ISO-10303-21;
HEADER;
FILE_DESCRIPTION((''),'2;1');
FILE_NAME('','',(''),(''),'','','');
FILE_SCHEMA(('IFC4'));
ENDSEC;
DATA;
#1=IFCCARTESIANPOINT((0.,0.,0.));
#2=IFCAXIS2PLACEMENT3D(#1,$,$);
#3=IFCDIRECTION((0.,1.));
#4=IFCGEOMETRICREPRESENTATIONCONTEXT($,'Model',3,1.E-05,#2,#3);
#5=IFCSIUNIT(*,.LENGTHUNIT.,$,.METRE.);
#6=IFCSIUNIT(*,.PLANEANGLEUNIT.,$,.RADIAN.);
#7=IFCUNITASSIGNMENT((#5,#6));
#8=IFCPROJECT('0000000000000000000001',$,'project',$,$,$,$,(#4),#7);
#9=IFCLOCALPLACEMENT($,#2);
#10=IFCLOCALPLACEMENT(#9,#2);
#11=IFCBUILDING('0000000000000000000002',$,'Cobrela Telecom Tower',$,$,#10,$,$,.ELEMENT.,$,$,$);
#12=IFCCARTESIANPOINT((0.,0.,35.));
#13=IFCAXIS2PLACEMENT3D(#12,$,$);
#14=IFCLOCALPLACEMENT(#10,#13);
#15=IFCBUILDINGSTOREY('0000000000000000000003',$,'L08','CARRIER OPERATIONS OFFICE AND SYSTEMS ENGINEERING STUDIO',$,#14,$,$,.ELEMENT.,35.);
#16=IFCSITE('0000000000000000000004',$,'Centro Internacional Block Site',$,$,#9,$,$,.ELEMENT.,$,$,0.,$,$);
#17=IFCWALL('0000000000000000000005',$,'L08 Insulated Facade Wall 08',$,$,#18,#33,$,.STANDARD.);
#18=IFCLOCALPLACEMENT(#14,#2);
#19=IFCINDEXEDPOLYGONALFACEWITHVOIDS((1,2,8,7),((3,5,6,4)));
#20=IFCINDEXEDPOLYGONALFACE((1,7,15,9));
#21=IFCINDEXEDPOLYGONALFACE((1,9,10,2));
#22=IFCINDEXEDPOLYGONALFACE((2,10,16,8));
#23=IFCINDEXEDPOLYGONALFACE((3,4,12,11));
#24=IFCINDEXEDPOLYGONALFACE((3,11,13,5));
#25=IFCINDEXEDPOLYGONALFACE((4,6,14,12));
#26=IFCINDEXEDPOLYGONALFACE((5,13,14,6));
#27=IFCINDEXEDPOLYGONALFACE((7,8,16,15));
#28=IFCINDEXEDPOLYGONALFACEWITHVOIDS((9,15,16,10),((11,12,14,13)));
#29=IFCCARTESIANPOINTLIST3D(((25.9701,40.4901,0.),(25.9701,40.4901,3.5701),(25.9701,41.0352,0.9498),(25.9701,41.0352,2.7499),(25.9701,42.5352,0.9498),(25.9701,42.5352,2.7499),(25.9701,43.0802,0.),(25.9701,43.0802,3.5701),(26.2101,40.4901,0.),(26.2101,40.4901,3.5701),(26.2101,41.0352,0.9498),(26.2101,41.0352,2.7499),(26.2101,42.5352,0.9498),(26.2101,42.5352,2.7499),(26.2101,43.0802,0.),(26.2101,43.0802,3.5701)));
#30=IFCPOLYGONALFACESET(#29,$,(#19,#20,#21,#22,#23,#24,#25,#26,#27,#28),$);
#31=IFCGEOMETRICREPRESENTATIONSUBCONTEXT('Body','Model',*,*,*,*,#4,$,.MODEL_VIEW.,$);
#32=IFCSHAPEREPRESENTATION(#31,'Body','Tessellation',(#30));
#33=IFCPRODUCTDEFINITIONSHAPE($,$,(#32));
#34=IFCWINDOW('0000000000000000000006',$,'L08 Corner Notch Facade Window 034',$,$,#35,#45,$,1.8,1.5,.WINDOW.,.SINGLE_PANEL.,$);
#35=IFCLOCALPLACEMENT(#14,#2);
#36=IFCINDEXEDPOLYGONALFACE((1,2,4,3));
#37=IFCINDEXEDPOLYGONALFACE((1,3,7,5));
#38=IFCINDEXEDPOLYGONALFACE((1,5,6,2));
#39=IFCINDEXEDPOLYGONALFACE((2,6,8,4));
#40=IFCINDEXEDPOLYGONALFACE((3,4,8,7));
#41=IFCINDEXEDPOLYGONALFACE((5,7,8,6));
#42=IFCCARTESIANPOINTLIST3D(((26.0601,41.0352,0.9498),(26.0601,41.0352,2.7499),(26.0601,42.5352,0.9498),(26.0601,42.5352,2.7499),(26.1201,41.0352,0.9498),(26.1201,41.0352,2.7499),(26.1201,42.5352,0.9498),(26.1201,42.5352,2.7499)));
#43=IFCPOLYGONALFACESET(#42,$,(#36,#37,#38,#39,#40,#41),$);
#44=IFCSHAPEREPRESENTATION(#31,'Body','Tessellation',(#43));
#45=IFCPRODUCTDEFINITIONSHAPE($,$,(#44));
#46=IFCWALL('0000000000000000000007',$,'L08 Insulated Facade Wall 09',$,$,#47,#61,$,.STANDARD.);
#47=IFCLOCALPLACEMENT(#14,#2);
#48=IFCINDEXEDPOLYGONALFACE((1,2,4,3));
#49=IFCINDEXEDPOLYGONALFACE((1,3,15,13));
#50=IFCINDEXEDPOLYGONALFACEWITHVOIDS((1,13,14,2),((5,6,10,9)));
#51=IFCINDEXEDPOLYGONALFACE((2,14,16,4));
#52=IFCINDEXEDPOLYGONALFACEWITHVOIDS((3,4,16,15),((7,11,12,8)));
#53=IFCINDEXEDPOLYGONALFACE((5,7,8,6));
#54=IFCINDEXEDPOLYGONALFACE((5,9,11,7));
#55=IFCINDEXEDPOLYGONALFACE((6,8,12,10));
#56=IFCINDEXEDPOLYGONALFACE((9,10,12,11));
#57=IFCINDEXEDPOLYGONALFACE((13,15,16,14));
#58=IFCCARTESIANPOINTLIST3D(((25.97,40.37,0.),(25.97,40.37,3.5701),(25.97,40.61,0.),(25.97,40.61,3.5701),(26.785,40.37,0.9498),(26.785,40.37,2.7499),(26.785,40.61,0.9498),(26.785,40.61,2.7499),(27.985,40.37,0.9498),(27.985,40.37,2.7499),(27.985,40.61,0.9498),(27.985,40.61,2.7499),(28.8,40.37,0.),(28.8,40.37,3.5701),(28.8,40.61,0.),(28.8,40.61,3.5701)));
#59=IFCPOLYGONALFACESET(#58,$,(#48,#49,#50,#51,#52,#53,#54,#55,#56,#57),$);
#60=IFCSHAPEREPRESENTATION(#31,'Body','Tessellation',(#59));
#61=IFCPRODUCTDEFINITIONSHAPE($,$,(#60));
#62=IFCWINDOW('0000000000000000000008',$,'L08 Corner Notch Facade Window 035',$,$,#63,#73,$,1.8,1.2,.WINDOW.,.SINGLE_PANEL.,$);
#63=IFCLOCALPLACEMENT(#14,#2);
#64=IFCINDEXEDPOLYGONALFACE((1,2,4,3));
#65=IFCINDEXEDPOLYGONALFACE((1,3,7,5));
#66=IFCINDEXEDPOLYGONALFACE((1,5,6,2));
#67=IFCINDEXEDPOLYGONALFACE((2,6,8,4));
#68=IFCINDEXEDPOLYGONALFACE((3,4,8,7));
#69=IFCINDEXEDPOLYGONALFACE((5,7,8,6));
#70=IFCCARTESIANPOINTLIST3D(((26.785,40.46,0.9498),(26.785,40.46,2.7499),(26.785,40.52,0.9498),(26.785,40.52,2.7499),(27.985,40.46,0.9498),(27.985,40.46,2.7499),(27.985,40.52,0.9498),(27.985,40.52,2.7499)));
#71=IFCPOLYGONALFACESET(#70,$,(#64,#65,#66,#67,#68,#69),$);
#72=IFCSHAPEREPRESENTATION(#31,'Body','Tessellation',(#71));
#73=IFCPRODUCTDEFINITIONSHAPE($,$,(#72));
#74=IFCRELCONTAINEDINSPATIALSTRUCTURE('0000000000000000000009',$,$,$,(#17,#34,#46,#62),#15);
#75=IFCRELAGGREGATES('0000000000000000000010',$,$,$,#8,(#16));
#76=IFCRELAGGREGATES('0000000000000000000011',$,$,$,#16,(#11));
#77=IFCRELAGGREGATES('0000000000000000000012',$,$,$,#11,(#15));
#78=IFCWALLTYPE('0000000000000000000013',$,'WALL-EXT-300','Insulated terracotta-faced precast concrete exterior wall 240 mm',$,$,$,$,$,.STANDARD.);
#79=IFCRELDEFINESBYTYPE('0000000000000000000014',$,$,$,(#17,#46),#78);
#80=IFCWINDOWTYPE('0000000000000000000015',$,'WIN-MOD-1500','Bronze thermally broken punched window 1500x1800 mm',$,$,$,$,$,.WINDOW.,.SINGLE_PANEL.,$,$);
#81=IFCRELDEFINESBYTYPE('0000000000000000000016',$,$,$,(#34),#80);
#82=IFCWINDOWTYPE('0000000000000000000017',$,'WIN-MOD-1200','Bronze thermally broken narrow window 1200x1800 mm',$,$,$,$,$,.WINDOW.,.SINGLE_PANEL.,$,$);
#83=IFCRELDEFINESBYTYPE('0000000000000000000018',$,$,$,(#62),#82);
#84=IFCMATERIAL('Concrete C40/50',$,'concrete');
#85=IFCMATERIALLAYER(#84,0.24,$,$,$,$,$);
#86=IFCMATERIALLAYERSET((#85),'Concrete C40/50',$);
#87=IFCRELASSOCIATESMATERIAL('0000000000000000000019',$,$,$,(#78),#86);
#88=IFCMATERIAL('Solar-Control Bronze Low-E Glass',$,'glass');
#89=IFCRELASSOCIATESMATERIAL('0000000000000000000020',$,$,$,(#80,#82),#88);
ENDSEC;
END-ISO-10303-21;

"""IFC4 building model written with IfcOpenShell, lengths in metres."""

from ifc_helpers import new_model, si_unit, direction, frame, frame_2d, origin, place, context, subcontext, project, spatial, rectangle, extrude, material, layer, layer_set, type_object, element, fill, save


model = new_model("IFC4")

# Units and contexts
model_context = context("Model", 3, precision=1e-05, world=origin(), true_north=direction((0.0, 1.0)))
body_context = subcontext(model_context, "Body", "Model", "MODEL_VIEW")
ifc_project = project(units=[si_unit("LENGTHUNIT", "METRE"), si_unit("PLANEANGLEUNIT", "RADIAN")], contexts=[model_context])

# Site, building, storey
site_placement = place(None, origin())
site = spatial("IfcSite", under=ifc_project, at=site_placement, Name="Centro Internacional Block Site", CompositionType="ELEMENT", RefElevation=0.0)
building_placement = place(site_placement, origin())
building = spatial("IfcBuilding", under=site, at=building_placement, Name="Cobrela Telecom Tower", CompositionType="ELEMENT")
storey_placement = place(building_placement, frame((0.0, 0.0, 35.0)))
storey = spatial("IfcBuildingStorey", under=building, at=storey_placement, Name="L08", Description="CARRIER OPERATIONS OFFICE AND SYSTEMS ENGINEERING STUDIO", CompositionType="ELEMENT", Elevation=35.0)

# Shared definitions
ifc_material_1 = material(Name="Solar-Control Bronze Low-E Glass", Category="glass")

# Walls, openings, windows
ifc_material_2 = material(Name="Concrete C40/50", Category="concrete")
ifc_layer_1 = layer(ifc_material_2, 0.24)
ifc_layer_set_1 = layer_set([ifc_layer_1], Name="Concrete C40/50")
wall_type = type_object("IfcWallType", Name="WALL-EXT-300", Description="Insulated terracotta-faced precast concrete exterior wall 240 mm", PredefinedType="STANDARD", material=ifc_layer_set_1)
wall_1_placement = place(storey_placement, frame((26.0901, 43.0801, 0.0), z_axis=(0.0, 0.0, 1.0), x_axis=(0.0, -1.0, 0.0)))
wall_1 = element("IfcWall", 1, at=wall_1_placement, inside=storey, type_object=wall_type, Name="L08 Insulated Facade Wall 08", PredefinedType="STANDARD", context=body_context, shape_type="SweptSolid", body=[
    extrude(rectangle(XDim=2.5901, YDim=0.24, at=frame_2d((1.2949, 0.0))), origin(), (0.0, 0.0, 1.0), 3.5701),
])
opening_1_placement = place(wall_1_placement, frame((0.5449, 0.0, 0.95)))
opening_1 = element("IfcOpeningElement", 2, at=opening_1_placement, cuts=wall_1, PredefinedType="OPENING", context=body_context, shape_type="SweptSolid", body=[
    extrude(rectangle(XDim=1.5, YDim=1.8, at=frame_2d((0.75, 0.8999))), frame((0.0, 0.1318, 0.0), z_axis=(0.0, -1.0, 0.0), x_axis=(1.0, 0.0, 0.0)), (0.0, 0.0, 1.0), 0.2639),
])
window_type_1 = type_object("IfcWindowType", Name="WIN-MOD-1500", Description="Bronze thermally broken punched window 1500x1800 mm", PartitioningType="SINGLE_PANEL", PredefinedType="WINDOW", material=ifc_material_1)
window_1_placement = place(opening_1_placement, origin())
window_1 = element("IfcWindow", 3, at=window_1_placement, inside=storey, type_object=window_type_1, Name="L08 Corner Notch Facade Window 034", OverallHeight=1.8, OverallWidth=1.5, PartitioningType="SINGLE_PANEL", PredefinedType="WINDOW", context=body_context, shape_type="SweptSolid", body=[
    extrude(rectangle(XDim=1.5, YDim=1.8, at=frame_2d((0.75, 0.8999))), frame((0.0, 0.03, 0.0), z_axis=(0.0, -1.0, 0.0), x_axis=(1.0, 0.0, 0.0)), (0.0, 0.0, 1.0), 0.0601),
])
fill(opening_1, window_1)
wall_2_placement = place(storey_placement, frame((25.97, 40.49, 0.0), z_axis=(0.0, 0.0, 1.0), x_axis=(1.0, 0.0, 0.0)))
wall_2 = element("IfcWall", 4, at=wall_2_placement, inside=storey, type_object=wall_type, Name="L08 Insulated Facade Wall 09", PredefinedType="STANDARD", context=body_context, shape_type="SweptSolid", body=[
    extrude(rectangle(XDim=2.8301, YDim=0.24, at=frame_2d((1.415, 0.0))), origin(), (0.0, 0.0, 1.0), 3.5701),
])
opening_2_placement = place(wall_2_placement, frame((0.8149, 0.0, 0.95)))
opening_2 = element("IfcOpeningElement", 5, at=opening_2_placement, cuts=wall_2, PredefinedType="OPENING", context=body_context, shape_type="SweptSolid", body=[
    extrude(rectangle(XDim=1.2, YDim=1.8, at=frame_2d((0.6001, 0.8999))), frame((0.0, 0.1318, 0.0), z_axis=(0.0, -1.0, 0.0), x_axis=(1.0, 0.0, 0.0)), (0.0, 0.0, 1.0), 0.2639),
])
window_type_2 = type_object("IfcWindowType", Name="WIN-MOD-1200", Description="Bronze thermally broken narrow window 1200x1800 mm", PartitioningType="SINGLE_PANEL", PredefinedType="WINDOW", material=ifc_material_1)
window_2_placement = place(opening_2_placement, origin())
window_2 = element("IfcWindow", 6, at=window_2_placement, inside=storey, type_object=window_type_2, Name="L08 Corner Notch Facade Window 035", OverallHeight=1.8, OverallWidth=1.2, PartitioningType="SINGLE_PANEL", PredefinedType="WINDOW", context=body_context, shape_type="SweptSolid", body=[
    extrude(rectangle(XDim=1.2, YDim=1.8, at=frame_2d((0.6001, 0.8999))), frame((0.0, 0.03, 0.0), z_axis=(0.0, -1.0, 0.0), x_axis=(1.0, 0.0, 0.0)), (0.0, 0.0, 1.0), 0.0601),
])
fill(opening_2, window_2)

save(model, "model.ifc")
